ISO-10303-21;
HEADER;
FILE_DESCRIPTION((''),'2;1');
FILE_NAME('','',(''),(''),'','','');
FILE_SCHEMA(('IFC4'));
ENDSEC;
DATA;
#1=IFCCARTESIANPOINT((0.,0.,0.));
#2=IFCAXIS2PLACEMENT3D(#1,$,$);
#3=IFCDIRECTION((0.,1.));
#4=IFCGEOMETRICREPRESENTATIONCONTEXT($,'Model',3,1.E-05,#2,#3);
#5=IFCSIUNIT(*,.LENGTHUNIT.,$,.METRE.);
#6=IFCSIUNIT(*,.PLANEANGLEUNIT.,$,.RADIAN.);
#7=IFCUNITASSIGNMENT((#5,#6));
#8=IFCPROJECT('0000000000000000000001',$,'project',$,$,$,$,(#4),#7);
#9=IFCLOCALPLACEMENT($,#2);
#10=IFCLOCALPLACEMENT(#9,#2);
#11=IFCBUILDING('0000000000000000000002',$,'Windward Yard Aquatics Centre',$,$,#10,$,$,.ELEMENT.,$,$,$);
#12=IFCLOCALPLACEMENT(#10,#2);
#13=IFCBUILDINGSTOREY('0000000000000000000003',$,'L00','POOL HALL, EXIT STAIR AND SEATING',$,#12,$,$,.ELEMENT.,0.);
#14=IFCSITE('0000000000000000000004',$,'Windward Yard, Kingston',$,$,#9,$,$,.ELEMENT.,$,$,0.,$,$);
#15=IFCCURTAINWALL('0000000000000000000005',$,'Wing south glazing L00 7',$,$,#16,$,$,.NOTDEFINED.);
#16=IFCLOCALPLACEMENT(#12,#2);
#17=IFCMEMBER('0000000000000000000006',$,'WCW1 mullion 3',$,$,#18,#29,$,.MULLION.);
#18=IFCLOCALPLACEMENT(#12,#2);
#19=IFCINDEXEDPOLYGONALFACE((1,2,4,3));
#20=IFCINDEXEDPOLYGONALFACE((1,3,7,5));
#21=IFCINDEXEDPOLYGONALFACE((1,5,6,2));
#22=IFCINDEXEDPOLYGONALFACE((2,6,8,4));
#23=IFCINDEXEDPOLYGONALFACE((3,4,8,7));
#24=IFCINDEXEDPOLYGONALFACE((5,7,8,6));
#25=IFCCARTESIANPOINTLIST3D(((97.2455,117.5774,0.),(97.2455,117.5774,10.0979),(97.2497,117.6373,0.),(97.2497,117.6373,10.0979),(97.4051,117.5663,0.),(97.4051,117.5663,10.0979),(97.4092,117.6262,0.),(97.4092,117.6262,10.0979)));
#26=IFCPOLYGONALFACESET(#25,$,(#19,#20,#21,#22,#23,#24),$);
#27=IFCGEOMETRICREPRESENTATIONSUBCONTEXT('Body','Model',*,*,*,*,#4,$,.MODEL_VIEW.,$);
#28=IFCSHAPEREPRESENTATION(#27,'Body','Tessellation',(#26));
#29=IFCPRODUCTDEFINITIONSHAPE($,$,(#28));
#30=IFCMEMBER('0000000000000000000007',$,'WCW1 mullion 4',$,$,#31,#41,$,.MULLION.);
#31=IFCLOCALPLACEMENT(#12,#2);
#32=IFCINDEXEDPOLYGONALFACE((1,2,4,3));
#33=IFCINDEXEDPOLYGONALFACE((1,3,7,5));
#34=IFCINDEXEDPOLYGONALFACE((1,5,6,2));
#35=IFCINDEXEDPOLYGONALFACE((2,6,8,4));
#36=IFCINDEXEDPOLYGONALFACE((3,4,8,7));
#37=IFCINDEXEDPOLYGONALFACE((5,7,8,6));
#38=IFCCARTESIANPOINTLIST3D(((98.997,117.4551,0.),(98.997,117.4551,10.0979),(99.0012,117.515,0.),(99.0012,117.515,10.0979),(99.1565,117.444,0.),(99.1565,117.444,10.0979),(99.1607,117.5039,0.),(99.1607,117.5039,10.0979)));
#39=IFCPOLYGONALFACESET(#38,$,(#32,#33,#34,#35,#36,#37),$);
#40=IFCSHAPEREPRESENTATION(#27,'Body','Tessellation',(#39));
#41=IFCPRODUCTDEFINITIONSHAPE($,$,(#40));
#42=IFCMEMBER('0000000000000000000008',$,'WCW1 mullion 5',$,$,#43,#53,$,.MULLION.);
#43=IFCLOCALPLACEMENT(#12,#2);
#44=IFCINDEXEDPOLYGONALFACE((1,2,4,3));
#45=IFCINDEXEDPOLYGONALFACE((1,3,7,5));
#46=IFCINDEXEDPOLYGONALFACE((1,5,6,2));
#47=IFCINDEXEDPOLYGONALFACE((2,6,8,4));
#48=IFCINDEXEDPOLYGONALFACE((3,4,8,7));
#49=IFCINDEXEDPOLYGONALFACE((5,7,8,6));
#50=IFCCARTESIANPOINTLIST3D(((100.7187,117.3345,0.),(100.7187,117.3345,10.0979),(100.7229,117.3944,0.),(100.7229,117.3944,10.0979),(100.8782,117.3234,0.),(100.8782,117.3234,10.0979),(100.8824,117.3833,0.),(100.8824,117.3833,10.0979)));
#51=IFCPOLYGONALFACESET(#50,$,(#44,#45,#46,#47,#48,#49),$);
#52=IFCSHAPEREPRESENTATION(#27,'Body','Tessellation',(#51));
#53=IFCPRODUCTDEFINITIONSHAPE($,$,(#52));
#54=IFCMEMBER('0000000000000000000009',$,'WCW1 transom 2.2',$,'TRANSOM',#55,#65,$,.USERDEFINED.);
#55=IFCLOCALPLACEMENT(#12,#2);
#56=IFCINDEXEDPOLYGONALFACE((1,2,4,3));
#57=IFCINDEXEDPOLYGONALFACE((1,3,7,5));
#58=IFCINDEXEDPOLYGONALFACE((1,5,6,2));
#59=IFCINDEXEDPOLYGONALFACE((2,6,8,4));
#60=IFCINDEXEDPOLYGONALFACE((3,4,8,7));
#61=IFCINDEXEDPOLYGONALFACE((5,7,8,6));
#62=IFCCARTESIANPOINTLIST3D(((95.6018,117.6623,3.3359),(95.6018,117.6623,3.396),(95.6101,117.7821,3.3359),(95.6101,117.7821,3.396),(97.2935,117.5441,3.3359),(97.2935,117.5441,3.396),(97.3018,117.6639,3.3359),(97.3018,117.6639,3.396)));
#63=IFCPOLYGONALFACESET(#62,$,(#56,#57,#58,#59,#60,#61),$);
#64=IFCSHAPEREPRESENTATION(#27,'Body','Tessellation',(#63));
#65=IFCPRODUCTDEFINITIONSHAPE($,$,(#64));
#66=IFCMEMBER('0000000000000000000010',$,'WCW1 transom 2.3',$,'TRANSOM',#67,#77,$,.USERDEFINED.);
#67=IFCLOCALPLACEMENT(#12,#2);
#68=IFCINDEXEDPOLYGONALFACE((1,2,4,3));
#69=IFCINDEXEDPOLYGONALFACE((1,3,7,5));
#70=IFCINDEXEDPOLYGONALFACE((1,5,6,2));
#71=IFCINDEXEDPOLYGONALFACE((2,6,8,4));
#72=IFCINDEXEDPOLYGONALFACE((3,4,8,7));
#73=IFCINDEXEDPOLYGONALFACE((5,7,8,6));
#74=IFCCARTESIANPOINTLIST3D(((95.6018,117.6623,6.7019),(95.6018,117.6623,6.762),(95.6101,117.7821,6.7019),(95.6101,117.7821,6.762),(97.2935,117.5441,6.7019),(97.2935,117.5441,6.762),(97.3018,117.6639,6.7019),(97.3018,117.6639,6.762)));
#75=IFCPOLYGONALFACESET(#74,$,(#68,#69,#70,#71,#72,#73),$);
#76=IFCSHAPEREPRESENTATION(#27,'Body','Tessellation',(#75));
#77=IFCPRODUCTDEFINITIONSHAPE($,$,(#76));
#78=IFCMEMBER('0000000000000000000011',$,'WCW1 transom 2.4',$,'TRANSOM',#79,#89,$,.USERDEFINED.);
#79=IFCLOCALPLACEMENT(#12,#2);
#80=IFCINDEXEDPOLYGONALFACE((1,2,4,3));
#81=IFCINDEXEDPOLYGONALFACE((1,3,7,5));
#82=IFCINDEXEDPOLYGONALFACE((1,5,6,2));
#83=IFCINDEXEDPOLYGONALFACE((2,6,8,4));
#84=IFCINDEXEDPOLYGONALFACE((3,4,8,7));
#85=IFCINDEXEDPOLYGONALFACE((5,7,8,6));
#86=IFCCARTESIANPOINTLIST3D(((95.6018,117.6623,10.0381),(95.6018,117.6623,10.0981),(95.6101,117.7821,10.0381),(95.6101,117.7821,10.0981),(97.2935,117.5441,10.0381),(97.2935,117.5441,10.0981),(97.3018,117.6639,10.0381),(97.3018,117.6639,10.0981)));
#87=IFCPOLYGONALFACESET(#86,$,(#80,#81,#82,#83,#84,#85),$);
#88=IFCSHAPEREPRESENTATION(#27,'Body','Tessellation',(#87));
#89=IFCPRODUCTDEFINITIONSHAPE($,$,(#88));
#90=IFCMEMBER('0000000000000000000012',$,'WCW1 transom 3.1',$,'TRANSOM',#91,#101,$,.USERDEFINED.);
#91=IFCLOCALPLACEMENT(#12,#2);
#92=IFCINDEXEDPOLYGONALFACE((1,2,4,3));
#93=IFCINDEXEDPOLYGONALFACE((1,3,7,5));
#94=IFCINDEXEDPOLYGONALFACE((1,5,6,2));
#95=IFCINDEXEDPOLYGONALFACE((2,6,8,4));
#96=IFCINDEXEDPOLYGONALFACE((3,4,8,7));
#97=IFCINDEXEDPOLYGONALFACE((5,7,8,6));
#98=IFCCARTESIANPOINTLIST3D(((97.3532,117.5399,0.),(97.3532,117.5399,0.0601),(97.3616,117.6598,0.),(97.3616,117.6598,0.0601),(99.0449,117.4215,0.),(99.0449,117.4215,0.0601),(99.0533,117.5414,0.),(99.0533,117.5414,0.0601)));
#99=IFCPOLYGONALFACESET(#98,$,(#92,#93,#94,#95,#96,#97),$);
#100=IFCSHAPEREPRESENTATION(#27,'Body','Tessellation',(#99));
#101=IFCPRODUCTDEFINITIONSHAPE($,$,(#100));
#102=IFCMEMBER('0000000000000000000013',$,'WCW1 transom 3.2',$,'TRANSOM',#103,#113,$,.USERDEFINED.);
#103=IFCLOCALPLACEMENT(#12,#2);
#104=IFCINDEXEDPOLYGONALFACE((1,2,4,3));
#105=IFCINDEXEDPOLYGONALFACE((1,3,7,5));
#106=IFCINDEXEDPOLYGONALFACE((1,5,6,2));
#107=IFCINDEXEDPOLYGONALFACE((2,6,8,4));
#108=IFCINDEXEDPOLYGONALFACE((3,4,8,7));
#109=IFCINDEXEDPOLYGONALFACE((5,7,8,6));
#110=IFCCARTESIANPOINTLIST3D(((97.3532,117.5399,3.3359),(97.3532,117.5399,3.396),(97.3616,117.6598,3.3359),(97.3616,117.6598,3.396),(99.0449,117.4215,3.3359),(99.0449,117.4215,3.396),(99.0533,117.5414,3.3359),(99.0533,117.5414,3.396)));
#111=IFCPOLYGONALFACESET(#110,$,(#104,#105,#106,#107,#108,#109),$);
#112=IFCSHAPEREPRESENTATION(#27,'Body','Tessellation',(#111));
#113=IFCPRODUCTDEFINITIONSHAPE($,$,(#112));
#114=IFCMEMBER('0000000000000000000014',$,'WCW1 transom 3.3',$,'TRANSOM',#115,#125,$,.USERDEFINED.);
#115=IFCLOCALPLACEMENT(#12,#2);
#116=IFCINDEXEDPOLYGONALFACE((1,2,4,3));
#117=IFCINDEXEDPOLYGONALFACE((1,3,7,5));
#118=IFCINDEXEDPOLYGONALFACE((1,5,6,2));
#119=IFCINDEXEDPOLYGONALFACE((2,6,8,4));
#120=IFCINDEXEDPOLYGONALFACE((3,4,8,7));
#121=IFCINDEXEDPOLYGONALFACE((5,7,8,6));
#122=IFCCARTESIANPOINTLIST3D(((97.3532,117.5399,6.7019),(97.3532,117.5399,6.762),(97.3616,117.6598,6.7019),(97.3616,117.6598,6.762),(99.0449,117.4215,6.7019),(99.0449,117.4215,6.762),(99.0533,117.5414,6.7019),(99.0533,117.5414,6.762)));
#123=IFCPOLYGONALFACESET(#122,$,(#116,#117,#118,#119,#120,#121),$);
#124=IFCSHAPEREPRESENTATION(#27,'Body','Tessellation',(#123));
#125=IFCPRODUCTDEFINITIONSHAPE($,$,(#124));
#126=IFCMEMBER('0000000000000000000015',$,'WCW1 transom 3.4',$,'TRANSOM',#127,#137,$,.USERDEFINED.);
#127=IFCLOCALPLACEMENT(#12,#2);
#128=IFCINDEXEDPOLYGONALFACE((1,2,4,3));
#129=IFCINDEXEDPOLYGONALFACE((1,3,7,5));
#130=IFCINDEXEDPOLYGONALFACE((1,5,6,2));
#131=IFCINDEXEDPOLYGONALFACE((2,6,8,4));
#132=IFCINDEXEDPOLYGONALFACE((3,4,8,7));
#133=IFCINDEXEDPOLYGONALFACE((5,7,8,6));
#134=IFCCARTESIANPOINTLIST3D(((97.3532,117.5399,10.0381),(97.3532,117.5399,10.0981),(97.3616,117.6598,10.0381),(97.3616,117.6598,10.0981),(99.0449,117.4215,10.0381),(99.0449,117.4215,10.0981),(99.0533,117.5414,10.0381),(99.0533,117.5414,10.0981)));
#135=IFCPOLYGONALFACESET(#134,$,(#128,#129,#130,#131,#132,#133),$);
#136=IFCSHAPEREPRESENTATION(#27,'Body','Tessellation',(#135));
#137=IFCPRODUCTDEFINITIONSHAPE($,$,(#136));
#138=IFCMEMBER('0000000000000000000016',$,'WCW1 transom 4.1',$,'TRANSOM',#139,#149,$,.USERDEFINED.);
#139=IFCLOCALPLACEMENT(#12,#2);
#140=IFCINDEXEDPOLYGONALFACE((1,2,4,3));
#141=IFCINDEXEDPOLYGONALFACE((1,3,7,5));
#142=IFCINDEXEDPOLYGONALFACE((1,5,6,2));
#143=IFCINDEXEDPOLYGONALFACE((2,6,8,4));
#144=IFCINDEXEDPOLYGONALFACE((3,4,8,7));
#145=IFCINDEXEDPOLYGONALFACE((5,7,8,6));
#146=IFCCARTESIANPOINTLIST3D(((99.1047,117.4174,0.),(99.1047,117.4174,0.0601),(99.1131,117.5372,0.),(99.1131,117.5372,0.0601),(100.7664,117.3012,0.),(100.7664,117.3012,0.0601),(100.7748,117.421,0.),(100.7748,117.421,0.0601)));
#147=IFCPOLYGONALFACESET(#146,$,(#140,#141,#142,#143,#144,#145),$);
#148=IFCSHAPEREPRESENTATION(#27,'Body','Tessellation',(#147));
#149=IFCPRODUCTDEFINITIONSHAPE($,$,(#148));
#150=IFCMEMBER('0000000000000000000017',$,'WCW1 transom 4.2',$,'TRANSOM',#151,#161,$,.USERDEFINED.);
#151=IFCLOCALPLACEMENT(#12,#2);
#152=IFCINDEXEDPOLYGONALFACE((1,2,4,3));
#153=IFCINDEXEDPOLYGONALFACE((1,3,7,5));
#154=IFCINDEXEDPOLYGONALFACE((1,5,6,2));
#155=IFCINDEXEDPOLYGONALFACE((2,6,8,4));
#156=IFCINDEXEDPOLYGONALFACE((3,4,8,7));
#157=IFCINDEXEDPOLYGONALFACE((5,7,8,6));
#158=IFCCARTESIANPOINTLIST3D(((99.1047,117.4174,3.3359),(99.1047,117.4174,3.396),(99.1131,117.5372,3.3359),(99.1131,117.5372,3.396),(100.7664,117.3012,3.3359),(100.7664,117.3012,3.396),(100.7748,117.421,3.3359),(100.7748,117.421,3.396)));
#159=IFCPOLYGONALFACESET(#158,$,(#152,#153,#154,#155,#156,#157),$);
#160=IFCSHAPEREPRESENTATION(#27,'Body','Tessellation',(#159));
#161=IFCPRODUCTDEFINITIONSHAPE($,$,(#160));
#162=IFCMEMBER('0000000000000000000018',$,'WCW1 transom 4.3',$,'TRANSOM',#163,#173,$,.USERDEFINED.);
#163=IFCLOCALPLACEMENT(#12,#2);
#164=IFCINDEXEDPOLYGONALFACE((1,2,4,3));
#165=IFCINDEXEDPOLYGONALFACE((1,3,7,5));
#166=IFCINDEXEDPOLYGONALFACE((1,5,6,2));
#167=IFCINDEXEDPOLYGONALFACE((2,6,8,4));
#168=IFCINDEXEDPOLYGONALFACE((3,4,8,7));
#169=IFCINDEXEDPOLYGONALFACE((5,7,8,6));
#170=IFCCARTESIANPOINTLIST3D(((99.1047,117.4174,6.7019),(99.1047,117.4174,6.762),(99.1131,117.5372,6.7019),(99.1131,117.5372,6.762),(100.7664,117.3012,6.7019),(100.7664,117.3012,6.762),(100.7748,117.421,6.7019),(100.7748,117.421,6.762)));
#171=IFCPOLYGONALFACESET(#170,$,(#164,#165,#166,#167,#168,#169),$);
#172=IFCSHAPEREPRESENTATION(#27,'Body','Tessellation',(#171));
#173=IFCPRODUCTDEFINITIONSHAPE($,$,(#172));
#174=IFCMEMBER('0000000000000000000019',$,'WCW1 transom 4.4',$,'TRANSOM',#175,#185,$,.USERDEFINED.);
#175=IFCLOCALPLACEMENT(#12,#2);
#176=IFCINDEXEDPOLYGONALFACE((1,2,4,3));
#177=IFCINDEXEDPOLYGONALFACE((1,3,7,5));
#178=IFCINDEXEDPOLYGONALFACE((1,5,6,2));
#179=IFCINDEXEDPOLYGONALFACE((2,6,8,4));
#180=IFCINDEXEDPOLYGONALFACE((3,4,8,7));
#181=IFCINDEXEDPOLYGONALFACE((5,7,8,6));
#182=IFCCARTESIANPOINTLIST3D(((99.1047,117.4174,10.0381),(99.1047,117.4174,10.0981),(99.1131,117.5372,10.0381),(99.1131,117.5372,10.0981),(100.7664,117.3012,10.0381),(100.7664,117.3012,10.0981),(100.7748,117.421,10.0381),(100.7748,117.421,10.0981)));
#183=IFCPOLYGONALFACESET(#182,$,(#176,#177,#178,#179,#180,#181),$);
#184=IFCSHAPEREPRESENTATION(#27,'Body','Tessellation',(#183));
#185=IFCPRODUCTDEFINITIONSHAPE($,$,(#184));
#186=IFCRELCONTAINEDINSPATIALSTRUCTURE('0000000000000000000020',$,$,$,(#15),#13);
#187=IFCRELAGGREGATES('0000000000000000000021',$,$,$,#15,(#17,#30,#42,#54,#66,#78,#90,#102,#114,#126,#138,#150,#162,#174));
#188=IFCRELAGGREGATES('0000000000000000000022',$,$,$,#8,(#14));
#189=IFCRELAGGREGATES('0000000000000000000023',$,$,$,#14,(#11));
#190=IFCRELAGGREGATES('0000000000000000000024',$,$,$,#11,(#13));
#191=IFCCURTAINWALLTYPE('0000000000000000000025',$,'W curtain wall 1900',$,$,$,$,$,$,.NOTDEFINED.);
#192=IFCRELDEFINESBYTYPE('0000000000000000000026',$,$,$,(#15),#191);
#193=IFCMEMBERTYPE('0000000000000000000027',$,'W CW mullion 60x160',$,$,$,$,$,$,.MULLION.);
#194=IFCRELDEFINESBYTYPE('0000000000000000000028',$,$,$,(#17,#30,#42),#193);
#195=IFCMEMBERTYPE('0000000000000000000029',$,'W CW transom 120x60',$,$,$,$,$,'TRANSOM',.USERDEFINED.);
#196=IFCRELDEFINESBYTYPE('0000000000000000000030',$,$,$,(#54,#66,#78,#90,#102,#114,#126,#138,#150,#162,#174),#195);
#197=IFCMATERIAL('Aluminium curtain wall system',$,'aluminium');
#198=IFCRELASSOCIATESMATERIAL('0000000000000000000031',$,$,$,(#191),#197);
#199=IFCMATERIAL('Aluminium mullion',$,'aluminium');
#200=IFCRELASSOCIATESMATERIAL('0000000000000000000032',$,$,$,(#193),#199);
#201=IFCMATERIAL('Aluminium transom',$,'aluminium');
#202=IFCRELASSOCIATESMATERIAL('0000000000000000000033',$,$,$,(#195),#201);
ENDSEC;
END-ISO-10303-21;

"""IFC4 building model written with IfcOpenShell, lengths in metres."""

from ifc_helpers import new_model, si_unit, direction, frame, origin, origin_2d, place, context, subcontext, project, spatial, rectangle, extrude, material, material_profile, profile_set, type_object, element, aggregate, save


model = new_model("IFC4")

# Units and contexts
model_context = context("Model", 3, precision=1e-05, world=origin(), true_north=direction((0.0, 1.0)))
body_context = subcontext(model_context, "Body", "Model", "MODEL_VIEW")
ifc_project = project(units=[si_unit("LENGTHUNIT", "METRE"), si_unit("PLANEANGLEUNIT", "RADIAN")], contexts=[model_context])

# Site, building, storey
site_placement = place(None, origin())
site = spatial("IfcSite", under=ifc_project, at=site_placement, Name="Windward Yard, Kingston", CompositionType="ELEMENT", RefElevation=0.0)
building_placement = place(site_placement, origin())
building = spatial("IfcBuilding", under=site, at=building_placement, Name="Windward Yard Aquatics Centre", CompositionType="ELEMENT")
storey_placement = place(building_placement, origin())
storey = spatial("IfcBuildingStorey", under=building, at=storey_placement, Name="L00", Description="POOL HALL, EXIT STAIR AND SEATING", CompositionType="ELEMENT", Elevation=0.0)

# Curtain wall, members
ifc_material_1 = material(Name="Aluminium curtain wall system", Category="aluminium")
curtain_wall_type = type_object("IfcCurtainWallType", Name="W curtain wall 1900", PredefinedType="NOTDEFINED", material=ifc_material_1)
curtain_wall_placement = place(storey_placement, origin())
curtain_wall = element("IfcCurtainWall", 1, at=curtain_wall_placement, inside=storey, type_object=curtain_wall_type, Name="Wing south glazing L00 7", PredefinedType="NOTDEFINED")
ifc_material_2 = material(Name="Aluminium mullion", Category="aluminium")
ifc_material_profile_1 = material_profile(ifc_material_2, rectangle(XDim=0.0601, YDim=0.1599, at=origin_2d()), Name="AL 60x160")
ifc_profile_set_1 = profile_set([ifc_material_profile_1], Name="Aluminium mullion")
member_type_1 = type_object("IfcMemberType", Name="W CW mullion 60x160", PredefinedType="MULLION", material=ifc_profile_set_1)
member_1_placement = place(storey_placement, frame((97.3274, 117.6018, 0.0), z_axis=(0.0, 0.0, 1.0), x_axis=(0.069756, 0.997564, 0.0)))
member_1 = element("IfcMember", 2, at=member_1_placement, type_object=member_type_1, Name="WCW1 mullion 3", PredefinedType="MULLION", context=body_context, shape_type="SweptSolid", body=[
    extrude(rectangle(XDim=0.0601, YDim=0.1599, at=origin_2d()), origin(), (0.0, 0.0, 1.0), 10.0979),
])
member_2_placement = place(storey_placement, frame((99.0789, 117.4795, 0.0), z_axis=(0.0, 0.0, 1.0), x_axis=(0.069756, 0.997564, 0.0)))
member_2 = element("IfcMember", 3, at=member_2_placement, type_object=member_type_1, Name="WCW1 mullion 4", PredefinedType="MULLION", context=body_context, shape_type="SweptSolid", body=[
    extrude(rectangle(XDim=0.0601, YDim=0.1599, at=origin_2d()), origin(), (0.0, 0.0, 1.0), 10.0979),
])
member_3_placement = place(storey_placement, frame((100.8005, 117.3589, 0.0), z_axis=(0.0, 0.0, 1.0), x_axis=(0.069756, 0.997564, 0.0)))
member_3 = element("IfcMember", 4, at=member_3_placement, type_object=member_type_1, Name="WCW1 mullion 5", PredefinedType="MULLION", context=body_context, shape_type="SweptSolid", body=[
    extrude(rectangle(XDim=0.0601, YDim=0.1599, at=origin_2d()), origin(), (0.0, 0.0, 1.0), 10.0979),
])
ifc_material_3 = material(Name="Aluminium transom", Category="aluminium")
ifc_material_profile_2 = material_profile(ifc_material_3, rectangle(XDim=0.1201, YDim=0.0601, at=origin_2d()), Name="AL 120x60")
ifc_profile_set_2 = profile_set([ifc_material_profile_2], Name="Aluminium transom")
member_type_2 = type_object("IfcMemberType", Name="W CW transom 120x60", ElementType="TRANSOM", PredefinedType="USERDEFINED", material=ifc_profile_set_2)
member_4_placement = place(storey_placement, frame((95.606, 117.7222, 3.366), z_axis=(0.997569, -0.069682, 0.0), x_axis=(0.069682, 0.997569, 0.0)))
member_4 = element("IfcMember", 5, at=member_4_placement, type_object=member_type_2, Name="WCW1 transom 2.2", ObjectType="TRANSOM", PredefinedType="USERDEFINED", context=body_context, shape_type="SweptSolid", body=[
    extrude(rectangle(XDim=0.1201, YDim=0.0601, at=origin_2d()), origin(), (0.0, 0.0, 1.0), 1.6958),
])
member_5_placement = place(storey_placement, frame((95.606, 117.7222, 6.7319), z_axis=(0.997569, -0.069682, 0.0), x_axis=(0.069682, 0.997569, 0.0)))
member_5 = element("IfcMember", 6, at=member_5_placement, type_object=member_type_2, Name="WCW1 transom 2.3", ObjectType="TRANSOM", PredefinedType="USERDEFINED", context=body_context, shape_type="SweptSolid", body=[
    extrude(rectangle(XDim=0.1201, YDim=0.0601, at=origin_2d()), origin(), (0.0, 0.0, 1.0), 1.6958),
])
member_6_placement = place(storey_placement, frame((95.606, 117.7222, 10.0681), z_axis=(0.997569, -0.069682, 0.0), x_axis=(0.069682, 0.997569, 0.0)))
member_6 = element("IfcMember", 7, at=member_6_placement, type_object=member_type_2, Name="WCW1 transom 2.4", ObjectType="TRANSOM", PredefinedType="USERDEFINED", context=body_context, shape_type="SweptSolid", body=[
    extrude(rectangle(XDim=0.1201, YDim=0.0601, at=origin_2d()), origin(), (0.0, 0.0, 1.0), 1.6958),
])
member_7_placement = place(storey_placement, frame((97.3574, 117.5999, 0.03), z_axis=(0.997559, -0.069825, 0.0), x_axis=(0.069825, 0.997559, 0.0)))
member_7 = element("IfcMember", 8, at=member_7_placement, type_object=member_type_2, Name="WCW1 transom 3.1", ObjectType="TRANSOM", PredefinedType="USERDEFINED", context=body_context, shape_type="SweptSolid", body=[
    extrude(rectangle(XDim=0.1201, YDim=0.0601, at=origin_2d()), origin(), (0.0, 0.0, 1.0), 1.6958),
])
member_8_placement = place(storey_placement, frame((97.3574, 117.5999, 3.366), z_axis=(0.997559, -0.069825, 0.0), x_axis=(0.069825, 0.997559, 0.0)))
member_8 = element("IfcMember", 9, at=member_8_placement, type_object=member_type_2, Name="WCW1 transom 3.2", ObjectType="TRANSOM", PredefinedType="USERDEFINED", context=body_context, shape_type="SweptSolid", body=[
    extrude(rectangle(XDim=0.1201, YDim=0.0601, at=origin_2d()), origin(), (0.0, 0.0, 1.0), 1.6958),
])
member_9_placement = place(storey_placement, frame((97.3574, 117.5999, 6.7319), z_axis=(0.997559, -0.069825, 0.0), x_axis=(0.069825, 0.997559, 0.0)))
member_9 = element("IfcMember", 10, at=member_9_placement, type_object=member_type_2, Name="WCW1 transom 3.3", ObjectType="TRANSOM", PredefinedType="USERDEFINED", context=body_context, shape_type="SweptSolid", body=[
    extrude(rectangle(XDim=0.1201, YDim=0.0601, at=origin_2d()), origin(), (0.0, 0.0, 1.0), 1.6958),
])
member_10_placement = place(storey_placement, frame((97.3574, 117.5999, 10.0681), z_axis=(0.997559, -0.069825, 0.0), x_axis=(0.069825, 0.997559, 0.0)))
member_10 = element("IfcMember", 11, at=member_10_placement, type_object=member_type_2, Name="WCW1 transom 3.4", ObjectType="TRANSOM", PredefinedType="USERDEFINED", context=body_context, shape_type="SweptSolid", body=[
    extrude(rectangle(XDim=0.1201, YDim=0.0601, at=origin_2d()), origin(), (0.0, 0.0, 1.0), 1.6958),
])
member_11_placement = place(storey_placement, frame((99.1089, 117.4773, 0.03), z_axis=(0.997563, -0.069768, 0.0), x_axis=(0.069768, 0.997563, 0.0)))
member_11 = element("IfcMember", 12, at=member_11_placement, type_object=member_type_2, Name="WCW1 transom 4.1", ObjectType="TRANSOM", PredefinedType="USERDEFINED", context=body_context, shape_type="SweptSolid", body=[
    extrude(rectangle(XDim=0.1201, YDim=0.0601, at=origin_2d()), origin(), (0.0, 0.0, 1.0), 1.6658),
])
member_12_placement = place(storey_placement, frame((99.1089, 117.4773, 3.366), z_axis=(0.997563, -0.069768, 0.0), x_axis=(0.069768, 0.997563, 0.0)))
member_12 = element("IfcMember", 13, at=member_12_placement, type_object=member_type_2, Name="WCW1 transom 4.2", ObjectType="TRANSOM", PredefinedType="USERDEFINED", context=body_context, shape_type="SweptSolid", body=[
    extrude(rectangle(XDim=0.1201, YDim=0.0601, at=origin_2d()), origin(), (0.0, 0.0, 1.0), 1.6658),
])
member_13_placement = place(storey_placement, frame((99.1089, 117.4773, 6.7319), z_axis=(0.997563, -0.069768, 0.0), x_axis=(0.069768, 0.997563, 0.0)))
member_13 = element("IfcMember", 14, at=member_13_placement, type_object=member_type_2, Name="WCW1 transom 4.3", ObjectType="TRANSOM", PredefinedType="USERDEFINED", context=body_context, shape_type="SweptSolid", body=[
    extrude(rectangle(XDim=0.1201, YDim=0.0601, at=origin_2d()), origin(), (0.0, 0.0, 1.0), 1.6658),
])
member_14_placement = place(storey_placement, frame((99.1089, 117.4773, 10.0681), z_axis=(0.997563, -0.069768, 0.0), x_axis=(0.069768, 0.997563, 0.0)))
member_14 = element("IfcMember", 15, at=member_14_placement, type_object=member_type_2, Name="WCW1 transom 4.4", ObjectType="TRANSOM", PredefinedType="USERDEFINED", context=body_context, shape_type="SweptSolid", body=[
    extrude(rectangle(XDim=0.1201, YDim=0.0601, at=origin_2d()), origin(), (0.0, 0.0, 1.0), 1.6658),
])

aggregate(curtain_wall, [member_1, member_2, member_3, member_4, member_5, member_6, member_7, member_8, member_9, member_10, member_11, member_12, member_13, member_14])

save(model, "model.ifc")
